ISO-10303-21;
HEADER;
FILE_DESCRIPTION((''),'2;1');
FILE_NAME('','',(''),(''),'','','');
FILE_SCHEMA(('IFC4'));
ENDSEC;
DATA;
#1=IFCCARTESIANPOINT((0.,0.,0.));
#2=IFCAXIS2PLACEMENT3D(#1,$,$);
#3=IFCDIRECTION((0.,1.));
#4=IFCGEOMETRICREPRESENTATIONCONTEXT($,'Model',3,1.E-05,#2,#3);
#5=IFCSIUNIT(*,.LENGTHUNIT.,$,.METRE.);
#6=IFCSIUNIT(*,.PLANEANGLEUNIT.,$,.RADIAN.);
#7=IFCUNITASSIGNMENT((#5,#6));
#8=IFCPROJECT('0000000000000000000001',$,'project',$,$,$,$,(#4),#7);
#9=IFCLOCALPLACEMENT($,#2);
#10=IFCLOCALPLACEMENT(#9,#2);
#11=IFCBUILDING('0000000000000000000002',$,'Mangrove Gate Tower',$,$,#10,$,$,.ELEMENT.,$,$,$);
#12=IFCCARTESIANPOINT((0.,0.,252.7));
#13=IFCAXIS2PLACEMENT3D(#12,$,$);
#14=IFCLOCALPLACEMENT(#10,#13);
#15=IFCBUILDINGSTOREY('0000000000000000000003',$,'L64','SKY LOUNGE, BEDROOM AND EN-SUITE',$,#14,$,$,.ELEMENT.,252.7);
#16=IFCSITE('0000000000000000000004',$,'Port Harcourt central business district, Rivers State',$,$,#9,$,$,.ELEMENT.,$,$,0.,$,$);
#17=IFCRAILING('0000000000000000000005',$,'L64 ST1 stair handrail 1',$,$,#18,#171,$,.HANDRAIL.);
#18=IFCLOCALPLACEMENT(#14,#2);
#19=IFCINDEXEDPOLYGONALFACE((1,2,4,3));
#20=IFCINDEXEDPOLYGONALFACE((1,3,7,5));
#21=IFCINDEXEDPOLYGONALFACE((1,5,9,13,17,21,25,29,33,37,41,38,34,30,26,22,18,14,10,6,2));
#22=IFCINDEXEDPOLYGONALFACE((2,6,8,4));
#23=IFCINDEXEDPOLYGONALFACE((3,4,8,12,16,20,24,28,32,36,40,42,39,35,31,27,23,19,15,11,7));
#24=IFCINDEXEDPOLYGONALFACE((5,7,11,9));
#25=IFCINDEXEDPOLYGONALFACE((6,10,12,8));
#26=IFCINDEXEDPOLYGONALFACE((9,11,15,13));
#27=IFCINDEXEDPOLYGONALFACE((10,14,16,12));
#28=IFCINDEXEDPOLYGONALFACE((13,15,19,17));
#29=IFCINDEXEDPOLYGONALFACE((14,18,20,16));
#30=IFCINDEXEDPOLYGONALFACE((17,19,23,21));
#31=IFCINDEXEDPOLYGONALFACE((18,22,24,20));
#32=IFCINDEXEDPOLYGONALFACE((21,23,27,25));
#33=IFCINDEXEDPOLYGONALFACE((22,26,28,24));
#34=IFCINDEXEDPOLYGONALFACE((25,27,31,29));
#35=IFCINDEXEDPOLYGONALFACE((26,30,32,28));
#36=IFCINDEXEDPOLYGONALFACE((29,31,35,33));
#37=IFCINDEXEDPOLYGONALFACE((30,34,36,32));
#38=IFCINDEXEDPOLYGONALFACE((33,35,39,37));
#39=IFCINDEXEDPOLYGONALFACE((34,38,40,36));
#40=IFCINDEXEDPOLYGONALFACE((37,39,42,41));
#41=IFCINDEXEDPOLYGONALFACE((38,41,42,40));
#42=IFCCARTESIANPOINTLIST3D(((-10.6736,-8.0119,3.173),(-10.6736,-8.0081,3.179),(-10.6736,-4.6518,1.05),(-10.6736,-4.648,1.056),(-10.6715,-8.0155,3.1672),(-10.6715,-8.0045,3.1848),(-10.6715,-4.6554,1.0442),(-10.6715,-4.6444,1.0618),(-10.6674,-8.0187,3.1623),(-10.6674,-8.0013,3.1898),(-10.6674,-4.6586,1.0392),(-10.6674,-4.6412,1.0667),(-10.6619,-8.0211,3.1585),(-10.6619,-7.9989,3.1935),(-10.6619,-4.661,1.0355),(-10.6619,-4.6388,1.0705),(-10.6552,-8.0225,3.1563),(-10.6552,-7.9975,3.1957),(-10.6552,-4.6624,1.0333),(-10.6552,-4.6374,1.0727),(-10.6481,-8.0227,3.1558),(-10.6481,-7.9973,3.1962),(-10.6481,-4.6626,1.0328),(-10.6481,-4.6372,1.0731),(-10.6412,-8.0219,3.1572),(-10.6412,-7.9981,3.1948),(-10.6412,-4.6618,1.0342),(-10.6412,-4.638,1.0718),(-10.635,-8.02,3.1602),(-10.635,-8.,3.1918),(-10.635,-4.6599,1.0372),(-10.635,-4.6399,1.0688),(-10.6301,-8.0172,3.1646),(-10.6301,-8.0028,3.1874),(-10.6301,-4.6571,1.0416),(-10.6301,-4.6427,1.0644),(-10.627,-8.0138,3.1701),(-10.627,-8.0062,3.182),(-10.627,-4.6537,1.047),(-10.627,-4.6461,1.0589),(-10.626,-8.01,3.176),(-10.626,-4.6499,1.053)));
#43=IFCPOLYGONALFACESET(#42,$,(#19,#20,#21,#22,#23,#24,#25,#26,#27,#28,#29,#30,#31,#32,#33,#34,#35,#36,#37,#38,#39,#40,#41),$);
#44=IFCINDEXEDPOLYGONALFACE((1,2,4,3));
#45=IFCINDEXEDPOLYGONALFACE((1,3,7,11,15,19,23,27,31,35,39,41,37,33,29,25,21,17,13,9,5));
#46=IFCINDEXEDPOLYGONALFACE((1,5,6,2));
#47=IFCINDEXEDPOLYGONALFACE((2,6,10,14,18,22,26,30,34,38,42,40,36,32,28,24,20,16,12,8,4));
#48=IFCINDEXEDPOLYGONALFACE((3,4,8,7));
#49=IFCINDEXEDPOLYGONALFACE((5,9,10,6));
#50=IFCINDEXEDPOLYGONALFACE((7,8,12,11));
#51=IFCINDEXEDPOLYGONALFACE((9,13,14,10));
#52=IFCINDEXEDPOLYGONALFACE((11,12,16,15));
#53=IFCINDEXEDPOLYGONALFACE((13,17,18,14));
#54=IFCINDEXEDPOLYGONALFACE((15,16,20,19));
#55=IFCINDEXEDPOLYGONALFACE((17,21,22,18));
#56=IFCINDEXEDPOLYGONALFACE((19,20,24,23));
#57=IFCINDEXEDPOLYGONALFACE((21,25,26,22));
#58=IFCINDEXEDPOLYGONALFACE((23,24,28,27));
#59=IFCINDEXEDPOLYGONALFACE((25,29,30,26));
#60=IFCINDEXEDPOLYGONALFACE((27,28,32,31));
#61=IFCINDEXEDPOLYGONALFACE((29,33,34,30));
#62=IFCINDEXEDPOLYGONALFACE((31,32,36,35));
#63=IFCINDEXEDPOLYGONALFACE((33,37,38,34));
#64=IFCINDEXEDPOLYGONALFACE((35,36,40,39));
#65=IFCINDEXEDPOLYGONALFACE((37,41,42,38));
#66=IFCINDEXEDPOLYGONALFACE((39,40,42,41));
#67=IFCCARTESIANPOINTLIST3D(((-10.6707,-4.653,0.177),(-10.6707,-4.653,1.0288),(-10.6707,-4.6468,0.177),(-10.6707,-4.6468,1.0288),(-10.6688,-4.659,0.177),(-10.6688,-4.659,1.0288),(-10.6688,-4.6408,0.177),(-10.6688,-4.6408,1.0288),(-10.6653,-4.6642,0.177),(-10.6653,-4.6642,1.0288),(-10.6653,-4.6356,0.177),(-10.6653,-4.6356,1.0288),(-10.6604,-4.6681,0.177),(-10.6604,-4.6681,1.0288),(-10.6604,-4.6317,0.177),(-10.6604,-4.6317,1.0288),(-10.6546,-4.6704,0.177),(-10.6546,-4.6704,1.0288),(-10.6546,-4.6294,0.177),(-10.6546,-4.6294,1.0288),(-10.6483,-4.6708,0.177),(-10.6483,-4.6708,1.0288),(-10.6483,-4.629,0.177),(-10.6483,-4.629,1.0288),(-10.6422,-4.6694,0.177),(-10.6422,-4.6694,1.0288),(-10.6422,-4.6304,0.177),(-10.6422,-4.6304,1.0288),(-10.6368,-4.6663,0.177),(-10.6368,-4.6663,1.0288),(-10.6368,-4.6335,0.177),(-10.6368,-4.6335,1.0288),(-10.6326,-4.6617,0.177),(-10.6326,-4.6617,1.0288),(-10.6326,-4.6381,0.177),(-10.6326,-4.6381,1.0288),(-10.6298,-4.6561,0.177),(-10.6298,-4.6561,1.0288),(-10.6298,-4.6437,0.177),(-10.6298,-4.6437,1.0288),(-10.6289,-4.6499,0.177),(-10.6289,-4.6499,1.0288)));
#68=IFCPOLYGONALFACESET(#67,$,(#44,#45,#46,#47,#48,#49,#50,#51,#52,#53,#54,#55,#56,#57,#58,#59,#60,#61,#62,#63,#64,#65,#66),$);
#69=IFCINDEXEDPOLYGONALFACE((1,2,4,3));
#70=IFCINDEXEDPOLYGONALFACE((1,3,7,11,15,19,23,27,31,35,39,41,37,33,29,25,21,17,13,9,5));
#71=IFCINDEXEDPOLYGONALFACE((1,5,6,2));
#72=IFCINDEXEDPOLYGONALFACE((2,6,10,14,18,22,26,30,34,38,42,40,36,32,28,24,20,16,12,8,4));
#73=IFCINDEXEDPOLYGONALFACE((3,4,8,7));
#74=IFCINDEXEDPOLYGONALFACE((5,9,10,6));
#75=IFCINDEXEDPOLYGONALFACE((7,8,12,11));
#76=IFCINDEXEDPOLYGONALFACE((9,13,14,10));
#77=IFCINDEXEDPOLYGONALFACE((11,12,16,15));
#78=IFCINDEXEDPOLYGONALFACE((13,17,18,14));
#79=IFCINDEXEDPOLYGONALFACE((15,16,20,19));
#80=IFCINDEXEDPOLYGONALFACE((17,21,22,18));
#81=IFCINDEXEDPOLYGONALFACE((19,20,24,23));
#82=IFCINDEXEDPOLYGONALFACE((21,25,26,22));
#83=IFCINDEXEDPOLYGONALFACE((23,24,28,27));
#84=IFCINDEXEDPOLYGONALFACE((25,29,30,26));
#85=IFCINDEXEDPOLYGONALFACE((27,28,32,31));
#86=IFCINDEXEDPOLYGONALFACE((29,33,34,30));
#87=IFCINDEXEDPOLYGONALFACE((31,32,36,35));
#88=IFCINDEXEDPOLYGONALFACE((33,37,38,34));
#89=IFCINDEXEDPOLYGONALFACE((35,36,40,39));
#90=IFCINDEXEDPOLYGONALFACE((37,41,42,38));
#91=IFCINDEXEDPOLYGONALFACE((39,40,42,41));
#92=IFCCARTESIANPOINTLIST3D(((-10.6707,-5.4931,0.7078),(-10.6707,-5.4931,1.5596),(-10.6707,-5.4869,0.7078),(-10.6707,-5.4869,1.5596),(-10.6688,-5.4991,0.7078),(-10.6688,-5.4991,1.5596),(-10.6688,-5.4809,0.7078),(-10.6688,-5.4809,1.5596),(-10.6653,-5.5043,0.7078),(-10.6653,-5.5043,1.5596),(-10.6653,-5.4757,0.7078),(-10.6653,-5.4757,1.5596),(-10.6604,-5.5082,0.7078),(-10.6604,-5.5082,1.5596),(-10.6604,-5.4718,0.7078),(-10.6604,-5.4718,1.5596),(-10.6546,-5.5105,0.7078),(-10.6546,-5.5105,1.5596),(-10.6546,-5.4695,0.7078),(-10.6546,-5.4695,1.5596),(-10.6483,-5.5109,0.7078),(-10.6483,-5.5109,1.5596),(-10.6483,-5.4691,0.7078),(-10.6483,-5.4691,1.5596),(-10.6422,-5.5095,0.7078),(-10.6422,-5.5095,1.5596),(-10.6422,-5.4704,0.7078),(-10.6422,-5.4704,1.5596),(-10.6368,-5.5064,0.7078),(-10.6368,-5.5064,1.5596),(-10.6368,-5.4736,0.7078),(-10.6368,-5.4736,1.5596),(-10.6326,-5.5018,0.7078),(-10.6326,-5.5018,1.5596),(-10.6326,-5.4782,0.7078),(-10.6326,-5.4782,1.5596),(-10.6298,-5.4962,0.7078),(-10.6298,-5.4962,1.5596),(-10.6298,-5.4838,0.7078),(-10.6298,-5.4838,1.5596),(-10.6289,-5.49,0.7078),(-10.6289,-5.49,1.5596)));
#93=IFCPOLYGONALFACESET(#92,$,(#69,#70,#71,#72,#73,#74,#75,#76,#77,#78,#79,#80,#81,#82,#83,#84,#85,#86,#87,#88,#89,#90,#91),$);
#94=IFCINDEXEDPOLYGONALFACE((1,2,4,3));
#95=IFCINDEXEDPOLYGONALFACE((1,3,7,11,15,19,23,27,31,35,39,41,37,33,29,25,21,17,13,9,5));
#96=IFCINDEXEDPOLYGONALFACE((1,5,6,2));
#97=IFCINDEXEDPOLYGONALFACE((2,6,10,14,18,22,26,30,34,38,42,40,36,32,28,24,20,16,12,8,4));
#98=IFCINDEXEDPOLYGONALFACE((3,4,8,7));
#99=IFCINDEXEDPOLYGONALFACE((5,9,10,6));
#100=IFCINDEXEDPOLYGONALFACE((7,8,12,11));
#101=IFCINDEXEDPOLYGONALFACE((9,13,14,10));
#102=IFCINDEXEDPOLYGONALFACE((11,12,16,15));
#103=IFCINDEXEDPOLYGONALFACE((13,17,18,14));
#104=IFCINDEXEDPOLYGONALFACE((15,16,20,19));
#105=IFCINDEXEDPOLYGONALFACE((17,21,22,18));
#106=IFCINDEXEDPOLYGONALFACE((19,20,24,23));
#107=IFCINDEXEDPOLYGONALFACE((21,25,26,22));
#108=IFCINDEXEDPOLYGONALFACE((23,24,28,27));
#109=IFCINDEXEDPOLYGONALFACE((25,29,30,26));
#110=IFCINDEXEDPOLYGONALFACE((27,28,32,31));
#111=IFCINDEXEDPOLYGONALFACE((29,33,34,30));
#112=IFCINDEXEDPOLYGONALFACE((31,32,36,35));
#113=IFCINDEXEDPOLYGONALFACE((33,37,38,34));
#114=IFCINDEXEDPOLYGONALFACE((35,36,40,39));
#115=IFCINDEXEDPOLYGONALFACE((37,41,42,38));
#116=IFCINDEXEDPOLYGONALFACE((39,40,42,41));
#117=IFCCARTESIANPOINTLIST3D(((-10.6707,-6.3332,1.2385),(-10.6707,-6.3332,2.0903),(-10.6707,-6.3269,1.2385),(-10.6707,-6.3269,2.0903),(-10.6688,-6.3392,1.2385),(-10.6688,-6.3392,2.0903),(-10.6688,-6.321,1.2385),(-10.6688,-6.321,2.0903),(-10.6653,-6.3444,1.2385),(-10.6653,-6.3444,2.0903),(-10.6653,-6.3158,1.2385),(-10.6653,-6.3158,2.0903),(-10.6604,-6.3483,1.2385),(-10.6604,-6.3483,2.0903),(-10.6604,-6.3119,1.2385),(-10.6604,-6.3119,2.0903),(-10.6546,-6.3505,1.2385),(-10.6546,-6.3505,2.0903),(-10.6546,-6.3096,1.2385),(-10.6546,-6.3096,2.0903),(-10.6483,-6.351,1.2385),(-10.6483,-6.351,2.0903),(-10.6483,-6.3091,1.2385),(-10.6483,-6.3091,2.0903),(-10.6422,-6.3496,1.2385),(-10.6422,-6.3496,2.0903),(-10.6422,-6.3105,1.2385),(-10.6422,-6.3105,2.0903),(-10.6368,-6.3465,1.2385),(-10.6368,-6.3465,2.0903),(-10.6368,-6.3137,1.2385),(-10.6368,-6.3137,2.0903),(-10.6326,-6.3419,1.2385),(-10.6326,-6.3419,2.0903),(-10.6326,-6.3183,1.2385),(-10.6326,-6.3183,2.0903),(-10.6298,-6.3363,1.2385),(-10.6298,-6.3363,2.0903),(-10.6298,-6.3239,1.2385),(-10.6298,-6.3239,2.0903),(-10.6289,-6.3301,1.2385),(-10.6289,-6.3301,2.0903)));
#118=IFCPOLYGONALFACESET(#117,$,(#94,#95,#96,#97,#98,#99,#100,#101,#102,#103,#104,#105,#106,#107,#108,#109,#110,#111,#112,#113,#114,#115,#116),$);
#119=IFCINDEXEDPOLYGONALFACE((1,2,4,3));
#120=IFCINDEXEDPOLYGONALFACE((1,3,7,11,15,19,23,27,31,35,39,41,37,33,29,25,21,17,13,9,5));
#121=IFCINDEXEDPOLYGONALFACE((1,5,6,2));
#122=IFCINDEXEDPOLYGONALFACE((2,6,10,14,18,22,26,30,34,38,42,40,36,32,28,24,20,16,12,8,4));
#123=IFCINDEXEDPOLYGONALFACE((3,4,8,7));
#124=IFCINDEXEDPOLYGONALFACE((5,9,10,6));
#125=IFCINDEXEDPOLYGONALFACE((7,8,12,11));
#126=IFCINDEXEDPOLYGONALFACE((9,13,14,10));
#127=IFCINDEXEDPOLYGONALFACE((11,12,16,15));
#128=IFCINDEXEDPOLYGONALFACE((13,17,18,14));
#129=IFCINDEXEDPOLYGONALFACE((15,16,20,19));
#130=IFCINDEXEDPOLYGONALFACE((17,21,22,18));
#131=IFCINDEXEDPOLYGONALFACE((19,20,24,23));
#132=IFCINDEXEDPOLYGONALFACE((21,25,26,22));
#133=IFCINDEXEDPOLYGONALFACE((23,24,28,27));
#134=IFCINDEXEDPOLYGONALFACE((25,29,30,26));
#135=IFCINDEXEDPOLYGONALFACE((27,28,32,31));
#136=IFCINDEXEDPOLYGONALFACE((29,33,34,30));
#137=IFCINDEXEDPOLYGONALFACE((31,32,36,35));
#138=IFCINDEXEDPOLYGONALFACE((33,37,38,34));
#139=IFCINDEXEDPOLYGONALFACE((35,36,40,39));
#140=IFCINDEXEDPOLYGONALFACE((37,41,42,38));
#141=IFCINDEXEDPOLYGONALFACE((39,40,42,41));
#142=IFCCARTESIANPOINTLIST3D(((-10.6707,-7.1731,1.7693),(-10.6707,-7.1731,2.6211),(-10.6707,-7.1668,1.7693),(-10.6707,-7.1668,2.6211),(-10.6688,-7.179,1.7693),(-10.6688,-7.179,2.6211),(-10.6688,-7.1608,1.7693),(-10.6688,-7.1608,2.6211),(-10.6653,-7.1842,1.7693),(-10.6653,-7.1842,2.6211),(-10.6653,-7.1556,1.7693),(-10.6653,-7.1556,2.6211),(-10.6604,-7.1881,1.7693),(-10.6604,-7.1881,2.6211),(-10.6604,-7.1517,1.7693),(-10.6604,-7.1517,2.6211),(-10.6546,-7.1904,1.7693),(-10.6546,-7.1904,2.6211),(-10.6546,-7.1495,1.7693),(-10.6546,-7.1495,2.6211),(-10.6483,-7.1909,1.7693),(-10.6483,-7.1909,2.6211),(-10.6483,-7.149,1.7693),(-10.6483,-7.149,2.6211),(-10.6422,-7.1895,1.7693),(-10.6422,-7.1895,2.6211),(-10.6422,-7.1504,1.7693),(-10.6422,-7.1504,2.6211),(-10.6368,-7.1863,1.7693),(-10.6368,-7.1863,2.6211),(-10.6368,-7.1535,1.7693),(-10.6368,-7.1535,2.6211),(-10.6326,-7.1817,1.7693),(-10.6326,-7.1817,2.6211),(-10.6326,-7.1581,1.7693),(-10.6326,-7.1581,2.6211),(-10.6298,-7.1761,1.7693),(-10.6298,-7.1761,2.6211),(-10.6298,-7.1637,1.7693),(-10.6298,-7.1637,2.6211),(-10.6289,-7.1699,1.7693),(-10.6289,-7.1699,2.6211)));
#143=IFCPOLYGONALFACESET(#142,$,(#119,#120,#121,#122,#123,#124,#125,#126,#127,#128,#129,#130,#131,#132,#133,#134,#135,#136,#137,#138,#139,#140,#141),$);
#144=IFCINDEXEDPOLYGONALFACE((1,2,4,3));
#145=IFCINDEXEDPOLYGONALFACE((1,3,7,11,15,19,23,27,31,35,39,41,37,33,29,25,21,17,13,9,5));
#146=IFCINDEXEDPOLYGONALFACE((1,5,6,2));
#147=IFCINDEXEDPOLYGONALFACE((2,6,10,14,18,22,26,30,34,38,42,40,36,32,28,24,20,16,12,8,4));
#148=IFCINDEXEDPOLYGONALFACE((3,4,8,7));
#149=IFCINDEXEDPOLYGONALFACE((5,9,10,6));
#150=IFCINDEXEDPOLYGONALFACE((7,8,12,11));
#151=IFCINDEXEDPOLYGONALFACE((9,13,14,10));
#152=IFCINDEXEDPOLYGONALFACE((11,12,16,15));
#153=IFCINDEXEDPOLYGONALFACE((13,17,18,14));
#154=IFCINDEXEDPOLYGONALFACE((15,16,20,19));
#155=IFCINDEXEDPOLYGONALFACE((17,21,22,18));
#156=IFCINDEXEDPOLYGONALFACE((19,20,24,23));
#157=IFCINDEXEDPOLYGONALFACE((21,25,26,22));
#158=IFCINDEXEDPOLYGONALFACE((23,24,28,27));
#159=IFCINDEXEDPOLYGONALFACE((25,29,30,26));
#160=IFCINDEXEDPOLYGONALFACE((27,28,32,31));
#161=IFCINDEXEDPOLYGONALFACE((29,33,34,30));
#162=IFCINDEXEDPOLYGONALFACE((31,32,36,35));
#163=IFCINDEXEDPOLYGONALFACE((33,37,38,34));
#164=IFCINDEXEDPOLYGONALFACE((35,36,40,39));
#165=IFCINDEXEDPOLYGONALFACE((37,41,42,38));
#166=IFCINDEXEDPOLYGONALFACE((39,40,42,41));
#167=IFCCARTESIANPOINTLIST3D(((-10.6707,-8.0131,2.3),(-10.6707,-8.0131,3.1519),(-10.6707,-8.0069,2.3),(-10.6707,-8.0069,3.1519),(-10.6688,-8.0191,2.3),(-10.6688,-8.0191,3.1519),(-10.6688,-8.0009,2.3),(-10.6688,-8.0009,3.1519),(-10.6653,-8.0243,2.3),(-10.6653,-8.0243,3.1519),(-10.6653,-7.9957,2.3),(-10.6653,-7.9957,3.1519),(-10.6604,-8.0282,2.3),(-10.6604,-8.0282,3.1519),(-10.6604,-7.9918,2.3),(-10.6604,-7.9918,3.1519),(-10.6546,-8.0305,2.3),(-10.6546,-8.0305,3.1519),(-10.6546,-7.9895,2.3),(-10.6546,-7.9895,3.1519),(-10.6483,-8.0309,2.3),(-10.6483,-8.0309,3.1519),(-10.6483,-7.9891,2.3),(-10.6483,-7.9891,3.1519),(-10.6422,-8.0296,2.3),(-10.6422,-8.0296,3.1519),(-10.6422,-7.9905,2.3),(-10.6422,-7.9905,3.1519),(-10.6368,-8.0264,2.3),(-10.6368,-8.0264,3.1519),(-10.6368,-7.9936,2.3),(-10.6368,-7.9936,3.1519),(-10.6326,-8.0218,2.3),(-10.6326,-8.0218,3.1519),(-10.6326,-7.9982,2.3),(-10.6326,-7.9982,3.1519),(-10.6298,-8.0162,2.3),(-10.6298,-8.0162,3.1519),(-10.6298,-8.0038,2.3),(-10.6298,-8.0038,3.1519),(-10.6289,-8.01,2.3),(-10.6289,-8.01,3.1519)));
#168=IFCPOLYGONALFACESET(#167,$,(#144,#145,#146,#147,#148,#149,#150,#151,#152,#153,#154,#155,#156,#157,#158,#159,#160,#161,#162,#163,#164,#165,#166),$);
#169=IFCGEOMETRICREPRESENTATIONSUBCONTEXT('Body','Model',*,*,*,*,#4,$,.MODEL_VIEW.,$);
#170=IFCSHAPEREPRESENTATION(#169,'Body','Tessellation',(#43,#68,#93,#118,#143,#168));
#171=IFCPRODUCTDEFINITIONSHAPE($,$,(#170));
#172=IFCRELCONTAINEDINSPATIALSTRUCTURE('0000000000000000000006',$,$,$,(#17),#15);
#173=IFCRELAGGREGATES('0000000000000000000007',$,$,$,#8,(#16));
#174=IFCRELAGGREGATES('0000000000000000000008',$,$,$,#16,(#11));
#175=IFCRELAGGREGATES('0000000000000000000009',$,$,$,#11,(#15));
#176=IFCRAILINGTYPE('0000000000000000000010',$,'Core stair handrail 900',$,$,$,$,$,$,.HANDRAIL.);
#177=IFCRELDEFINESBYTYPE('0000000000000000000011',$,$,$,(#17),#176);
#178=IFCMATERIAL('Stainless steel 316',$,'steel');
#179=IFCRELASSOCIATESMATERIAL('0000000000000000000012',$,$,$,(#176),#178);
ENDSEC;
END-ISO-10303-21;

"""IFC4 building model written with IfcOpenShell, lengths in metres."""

from ifc_helpers import new_model, si_unit, direction, frame, origin, origin_2d, place, context, subcontext, project, spatial, circle, extrude, material, type_object, element, save


model = new_model("IFC4")

# Units and contexts
model_context = context("Model", 3, precision=1e-05, world=origin(), true_north=direction((0.0, 1.0)))
body_context = subcontext(model_context, "Body", "Model", "MODEL_VIEW")
ifc_project = project(units=[si_unit("LENGTHUNIT", "METRE"), si_unit("PLANEANGLEUNIT", "RADIAN")], contexts=[model_context])

# Site, building, storey
site_placement = place(None, origin())
site = spatial("IfcSite", under=ifc_project, at=site_placement, Name="Port Harcourt central business district, Rivers State", CompositionType="ELEMENT", RefElevation=0.0)
building_placement = place(site_placement, origin())
building = spatial("IfcBuilding", under=site, at=building_placement, Name="Mangrove Gate Tower", CompositionType="ELEMENT")
storey_placement = place(building_placement, frame((0.0, 0.0, 252.7)))
storey = spatial("IfcBuildingStorey", under=building, at=storey_placement, Name="L64", Description="SKY LOUNGE, BEDROOM AND EN-SUITE", CompositionType="ELEMENT", Elevation=252.7)

# Railing
ifc_material_1 = material(Name="Stainless steel 316", Category="steel")
railing_type_1 = type_object("IfcRailingType", Name="Core stair handrail 900", PredefinedType="HANDRAIL", material=ifc_material_1)
railing_1_placement = place(storey_placement, frame((-10.6499, -4.6499, 0.177)))
element("IfcRailing", 1, at=railing_1_placement, inside=storey, type_object=railing_type_1, Name="L64 ST1 stair handrail 1", PredefinedType="HANDRAIL", context=body_context, shape_type="SweptSolid", body=[
    extrude(circle(Radius=0.0239, at=origin_2d()), frame((0.0, 0.0, 0.876), z_axis=(0.0, -0.84539, 0.53415), x_axis=(1.0, 0.0, 0.0)), (0.0, 0.0, 1.0), 3.9746),
    extrude(circle(Radius=0.021, at=origin_2d()), origin(), (0.0, 0.0, 1.0), 0.8518),
    extrude(circle(Radius=0.021, at=origin_2d()), frame((0.0, -0.8401, 0.5308)), (0.0, 0.0, 1.0), 0.8518),
    extrude(circle(Radius=0.021, at=origin_2d()), frame((0.0, -1.6802, 1.0615)), (0.0, 0.0, 1.0), 0.8518),
    extrude(circle(Radius=0.021, at=origin_2d()), frame((0.0, -2.52, 1.5923)), (0.0, 0.0, 1.0), 0.8518),
    extrude(circle(Radius=0.021, at=origin_2d()), frame((0.0, -3.3601, 2.123)), (0.0, 0.0, 1.0), 0.8518),
])

save(model, "model.ifc")
